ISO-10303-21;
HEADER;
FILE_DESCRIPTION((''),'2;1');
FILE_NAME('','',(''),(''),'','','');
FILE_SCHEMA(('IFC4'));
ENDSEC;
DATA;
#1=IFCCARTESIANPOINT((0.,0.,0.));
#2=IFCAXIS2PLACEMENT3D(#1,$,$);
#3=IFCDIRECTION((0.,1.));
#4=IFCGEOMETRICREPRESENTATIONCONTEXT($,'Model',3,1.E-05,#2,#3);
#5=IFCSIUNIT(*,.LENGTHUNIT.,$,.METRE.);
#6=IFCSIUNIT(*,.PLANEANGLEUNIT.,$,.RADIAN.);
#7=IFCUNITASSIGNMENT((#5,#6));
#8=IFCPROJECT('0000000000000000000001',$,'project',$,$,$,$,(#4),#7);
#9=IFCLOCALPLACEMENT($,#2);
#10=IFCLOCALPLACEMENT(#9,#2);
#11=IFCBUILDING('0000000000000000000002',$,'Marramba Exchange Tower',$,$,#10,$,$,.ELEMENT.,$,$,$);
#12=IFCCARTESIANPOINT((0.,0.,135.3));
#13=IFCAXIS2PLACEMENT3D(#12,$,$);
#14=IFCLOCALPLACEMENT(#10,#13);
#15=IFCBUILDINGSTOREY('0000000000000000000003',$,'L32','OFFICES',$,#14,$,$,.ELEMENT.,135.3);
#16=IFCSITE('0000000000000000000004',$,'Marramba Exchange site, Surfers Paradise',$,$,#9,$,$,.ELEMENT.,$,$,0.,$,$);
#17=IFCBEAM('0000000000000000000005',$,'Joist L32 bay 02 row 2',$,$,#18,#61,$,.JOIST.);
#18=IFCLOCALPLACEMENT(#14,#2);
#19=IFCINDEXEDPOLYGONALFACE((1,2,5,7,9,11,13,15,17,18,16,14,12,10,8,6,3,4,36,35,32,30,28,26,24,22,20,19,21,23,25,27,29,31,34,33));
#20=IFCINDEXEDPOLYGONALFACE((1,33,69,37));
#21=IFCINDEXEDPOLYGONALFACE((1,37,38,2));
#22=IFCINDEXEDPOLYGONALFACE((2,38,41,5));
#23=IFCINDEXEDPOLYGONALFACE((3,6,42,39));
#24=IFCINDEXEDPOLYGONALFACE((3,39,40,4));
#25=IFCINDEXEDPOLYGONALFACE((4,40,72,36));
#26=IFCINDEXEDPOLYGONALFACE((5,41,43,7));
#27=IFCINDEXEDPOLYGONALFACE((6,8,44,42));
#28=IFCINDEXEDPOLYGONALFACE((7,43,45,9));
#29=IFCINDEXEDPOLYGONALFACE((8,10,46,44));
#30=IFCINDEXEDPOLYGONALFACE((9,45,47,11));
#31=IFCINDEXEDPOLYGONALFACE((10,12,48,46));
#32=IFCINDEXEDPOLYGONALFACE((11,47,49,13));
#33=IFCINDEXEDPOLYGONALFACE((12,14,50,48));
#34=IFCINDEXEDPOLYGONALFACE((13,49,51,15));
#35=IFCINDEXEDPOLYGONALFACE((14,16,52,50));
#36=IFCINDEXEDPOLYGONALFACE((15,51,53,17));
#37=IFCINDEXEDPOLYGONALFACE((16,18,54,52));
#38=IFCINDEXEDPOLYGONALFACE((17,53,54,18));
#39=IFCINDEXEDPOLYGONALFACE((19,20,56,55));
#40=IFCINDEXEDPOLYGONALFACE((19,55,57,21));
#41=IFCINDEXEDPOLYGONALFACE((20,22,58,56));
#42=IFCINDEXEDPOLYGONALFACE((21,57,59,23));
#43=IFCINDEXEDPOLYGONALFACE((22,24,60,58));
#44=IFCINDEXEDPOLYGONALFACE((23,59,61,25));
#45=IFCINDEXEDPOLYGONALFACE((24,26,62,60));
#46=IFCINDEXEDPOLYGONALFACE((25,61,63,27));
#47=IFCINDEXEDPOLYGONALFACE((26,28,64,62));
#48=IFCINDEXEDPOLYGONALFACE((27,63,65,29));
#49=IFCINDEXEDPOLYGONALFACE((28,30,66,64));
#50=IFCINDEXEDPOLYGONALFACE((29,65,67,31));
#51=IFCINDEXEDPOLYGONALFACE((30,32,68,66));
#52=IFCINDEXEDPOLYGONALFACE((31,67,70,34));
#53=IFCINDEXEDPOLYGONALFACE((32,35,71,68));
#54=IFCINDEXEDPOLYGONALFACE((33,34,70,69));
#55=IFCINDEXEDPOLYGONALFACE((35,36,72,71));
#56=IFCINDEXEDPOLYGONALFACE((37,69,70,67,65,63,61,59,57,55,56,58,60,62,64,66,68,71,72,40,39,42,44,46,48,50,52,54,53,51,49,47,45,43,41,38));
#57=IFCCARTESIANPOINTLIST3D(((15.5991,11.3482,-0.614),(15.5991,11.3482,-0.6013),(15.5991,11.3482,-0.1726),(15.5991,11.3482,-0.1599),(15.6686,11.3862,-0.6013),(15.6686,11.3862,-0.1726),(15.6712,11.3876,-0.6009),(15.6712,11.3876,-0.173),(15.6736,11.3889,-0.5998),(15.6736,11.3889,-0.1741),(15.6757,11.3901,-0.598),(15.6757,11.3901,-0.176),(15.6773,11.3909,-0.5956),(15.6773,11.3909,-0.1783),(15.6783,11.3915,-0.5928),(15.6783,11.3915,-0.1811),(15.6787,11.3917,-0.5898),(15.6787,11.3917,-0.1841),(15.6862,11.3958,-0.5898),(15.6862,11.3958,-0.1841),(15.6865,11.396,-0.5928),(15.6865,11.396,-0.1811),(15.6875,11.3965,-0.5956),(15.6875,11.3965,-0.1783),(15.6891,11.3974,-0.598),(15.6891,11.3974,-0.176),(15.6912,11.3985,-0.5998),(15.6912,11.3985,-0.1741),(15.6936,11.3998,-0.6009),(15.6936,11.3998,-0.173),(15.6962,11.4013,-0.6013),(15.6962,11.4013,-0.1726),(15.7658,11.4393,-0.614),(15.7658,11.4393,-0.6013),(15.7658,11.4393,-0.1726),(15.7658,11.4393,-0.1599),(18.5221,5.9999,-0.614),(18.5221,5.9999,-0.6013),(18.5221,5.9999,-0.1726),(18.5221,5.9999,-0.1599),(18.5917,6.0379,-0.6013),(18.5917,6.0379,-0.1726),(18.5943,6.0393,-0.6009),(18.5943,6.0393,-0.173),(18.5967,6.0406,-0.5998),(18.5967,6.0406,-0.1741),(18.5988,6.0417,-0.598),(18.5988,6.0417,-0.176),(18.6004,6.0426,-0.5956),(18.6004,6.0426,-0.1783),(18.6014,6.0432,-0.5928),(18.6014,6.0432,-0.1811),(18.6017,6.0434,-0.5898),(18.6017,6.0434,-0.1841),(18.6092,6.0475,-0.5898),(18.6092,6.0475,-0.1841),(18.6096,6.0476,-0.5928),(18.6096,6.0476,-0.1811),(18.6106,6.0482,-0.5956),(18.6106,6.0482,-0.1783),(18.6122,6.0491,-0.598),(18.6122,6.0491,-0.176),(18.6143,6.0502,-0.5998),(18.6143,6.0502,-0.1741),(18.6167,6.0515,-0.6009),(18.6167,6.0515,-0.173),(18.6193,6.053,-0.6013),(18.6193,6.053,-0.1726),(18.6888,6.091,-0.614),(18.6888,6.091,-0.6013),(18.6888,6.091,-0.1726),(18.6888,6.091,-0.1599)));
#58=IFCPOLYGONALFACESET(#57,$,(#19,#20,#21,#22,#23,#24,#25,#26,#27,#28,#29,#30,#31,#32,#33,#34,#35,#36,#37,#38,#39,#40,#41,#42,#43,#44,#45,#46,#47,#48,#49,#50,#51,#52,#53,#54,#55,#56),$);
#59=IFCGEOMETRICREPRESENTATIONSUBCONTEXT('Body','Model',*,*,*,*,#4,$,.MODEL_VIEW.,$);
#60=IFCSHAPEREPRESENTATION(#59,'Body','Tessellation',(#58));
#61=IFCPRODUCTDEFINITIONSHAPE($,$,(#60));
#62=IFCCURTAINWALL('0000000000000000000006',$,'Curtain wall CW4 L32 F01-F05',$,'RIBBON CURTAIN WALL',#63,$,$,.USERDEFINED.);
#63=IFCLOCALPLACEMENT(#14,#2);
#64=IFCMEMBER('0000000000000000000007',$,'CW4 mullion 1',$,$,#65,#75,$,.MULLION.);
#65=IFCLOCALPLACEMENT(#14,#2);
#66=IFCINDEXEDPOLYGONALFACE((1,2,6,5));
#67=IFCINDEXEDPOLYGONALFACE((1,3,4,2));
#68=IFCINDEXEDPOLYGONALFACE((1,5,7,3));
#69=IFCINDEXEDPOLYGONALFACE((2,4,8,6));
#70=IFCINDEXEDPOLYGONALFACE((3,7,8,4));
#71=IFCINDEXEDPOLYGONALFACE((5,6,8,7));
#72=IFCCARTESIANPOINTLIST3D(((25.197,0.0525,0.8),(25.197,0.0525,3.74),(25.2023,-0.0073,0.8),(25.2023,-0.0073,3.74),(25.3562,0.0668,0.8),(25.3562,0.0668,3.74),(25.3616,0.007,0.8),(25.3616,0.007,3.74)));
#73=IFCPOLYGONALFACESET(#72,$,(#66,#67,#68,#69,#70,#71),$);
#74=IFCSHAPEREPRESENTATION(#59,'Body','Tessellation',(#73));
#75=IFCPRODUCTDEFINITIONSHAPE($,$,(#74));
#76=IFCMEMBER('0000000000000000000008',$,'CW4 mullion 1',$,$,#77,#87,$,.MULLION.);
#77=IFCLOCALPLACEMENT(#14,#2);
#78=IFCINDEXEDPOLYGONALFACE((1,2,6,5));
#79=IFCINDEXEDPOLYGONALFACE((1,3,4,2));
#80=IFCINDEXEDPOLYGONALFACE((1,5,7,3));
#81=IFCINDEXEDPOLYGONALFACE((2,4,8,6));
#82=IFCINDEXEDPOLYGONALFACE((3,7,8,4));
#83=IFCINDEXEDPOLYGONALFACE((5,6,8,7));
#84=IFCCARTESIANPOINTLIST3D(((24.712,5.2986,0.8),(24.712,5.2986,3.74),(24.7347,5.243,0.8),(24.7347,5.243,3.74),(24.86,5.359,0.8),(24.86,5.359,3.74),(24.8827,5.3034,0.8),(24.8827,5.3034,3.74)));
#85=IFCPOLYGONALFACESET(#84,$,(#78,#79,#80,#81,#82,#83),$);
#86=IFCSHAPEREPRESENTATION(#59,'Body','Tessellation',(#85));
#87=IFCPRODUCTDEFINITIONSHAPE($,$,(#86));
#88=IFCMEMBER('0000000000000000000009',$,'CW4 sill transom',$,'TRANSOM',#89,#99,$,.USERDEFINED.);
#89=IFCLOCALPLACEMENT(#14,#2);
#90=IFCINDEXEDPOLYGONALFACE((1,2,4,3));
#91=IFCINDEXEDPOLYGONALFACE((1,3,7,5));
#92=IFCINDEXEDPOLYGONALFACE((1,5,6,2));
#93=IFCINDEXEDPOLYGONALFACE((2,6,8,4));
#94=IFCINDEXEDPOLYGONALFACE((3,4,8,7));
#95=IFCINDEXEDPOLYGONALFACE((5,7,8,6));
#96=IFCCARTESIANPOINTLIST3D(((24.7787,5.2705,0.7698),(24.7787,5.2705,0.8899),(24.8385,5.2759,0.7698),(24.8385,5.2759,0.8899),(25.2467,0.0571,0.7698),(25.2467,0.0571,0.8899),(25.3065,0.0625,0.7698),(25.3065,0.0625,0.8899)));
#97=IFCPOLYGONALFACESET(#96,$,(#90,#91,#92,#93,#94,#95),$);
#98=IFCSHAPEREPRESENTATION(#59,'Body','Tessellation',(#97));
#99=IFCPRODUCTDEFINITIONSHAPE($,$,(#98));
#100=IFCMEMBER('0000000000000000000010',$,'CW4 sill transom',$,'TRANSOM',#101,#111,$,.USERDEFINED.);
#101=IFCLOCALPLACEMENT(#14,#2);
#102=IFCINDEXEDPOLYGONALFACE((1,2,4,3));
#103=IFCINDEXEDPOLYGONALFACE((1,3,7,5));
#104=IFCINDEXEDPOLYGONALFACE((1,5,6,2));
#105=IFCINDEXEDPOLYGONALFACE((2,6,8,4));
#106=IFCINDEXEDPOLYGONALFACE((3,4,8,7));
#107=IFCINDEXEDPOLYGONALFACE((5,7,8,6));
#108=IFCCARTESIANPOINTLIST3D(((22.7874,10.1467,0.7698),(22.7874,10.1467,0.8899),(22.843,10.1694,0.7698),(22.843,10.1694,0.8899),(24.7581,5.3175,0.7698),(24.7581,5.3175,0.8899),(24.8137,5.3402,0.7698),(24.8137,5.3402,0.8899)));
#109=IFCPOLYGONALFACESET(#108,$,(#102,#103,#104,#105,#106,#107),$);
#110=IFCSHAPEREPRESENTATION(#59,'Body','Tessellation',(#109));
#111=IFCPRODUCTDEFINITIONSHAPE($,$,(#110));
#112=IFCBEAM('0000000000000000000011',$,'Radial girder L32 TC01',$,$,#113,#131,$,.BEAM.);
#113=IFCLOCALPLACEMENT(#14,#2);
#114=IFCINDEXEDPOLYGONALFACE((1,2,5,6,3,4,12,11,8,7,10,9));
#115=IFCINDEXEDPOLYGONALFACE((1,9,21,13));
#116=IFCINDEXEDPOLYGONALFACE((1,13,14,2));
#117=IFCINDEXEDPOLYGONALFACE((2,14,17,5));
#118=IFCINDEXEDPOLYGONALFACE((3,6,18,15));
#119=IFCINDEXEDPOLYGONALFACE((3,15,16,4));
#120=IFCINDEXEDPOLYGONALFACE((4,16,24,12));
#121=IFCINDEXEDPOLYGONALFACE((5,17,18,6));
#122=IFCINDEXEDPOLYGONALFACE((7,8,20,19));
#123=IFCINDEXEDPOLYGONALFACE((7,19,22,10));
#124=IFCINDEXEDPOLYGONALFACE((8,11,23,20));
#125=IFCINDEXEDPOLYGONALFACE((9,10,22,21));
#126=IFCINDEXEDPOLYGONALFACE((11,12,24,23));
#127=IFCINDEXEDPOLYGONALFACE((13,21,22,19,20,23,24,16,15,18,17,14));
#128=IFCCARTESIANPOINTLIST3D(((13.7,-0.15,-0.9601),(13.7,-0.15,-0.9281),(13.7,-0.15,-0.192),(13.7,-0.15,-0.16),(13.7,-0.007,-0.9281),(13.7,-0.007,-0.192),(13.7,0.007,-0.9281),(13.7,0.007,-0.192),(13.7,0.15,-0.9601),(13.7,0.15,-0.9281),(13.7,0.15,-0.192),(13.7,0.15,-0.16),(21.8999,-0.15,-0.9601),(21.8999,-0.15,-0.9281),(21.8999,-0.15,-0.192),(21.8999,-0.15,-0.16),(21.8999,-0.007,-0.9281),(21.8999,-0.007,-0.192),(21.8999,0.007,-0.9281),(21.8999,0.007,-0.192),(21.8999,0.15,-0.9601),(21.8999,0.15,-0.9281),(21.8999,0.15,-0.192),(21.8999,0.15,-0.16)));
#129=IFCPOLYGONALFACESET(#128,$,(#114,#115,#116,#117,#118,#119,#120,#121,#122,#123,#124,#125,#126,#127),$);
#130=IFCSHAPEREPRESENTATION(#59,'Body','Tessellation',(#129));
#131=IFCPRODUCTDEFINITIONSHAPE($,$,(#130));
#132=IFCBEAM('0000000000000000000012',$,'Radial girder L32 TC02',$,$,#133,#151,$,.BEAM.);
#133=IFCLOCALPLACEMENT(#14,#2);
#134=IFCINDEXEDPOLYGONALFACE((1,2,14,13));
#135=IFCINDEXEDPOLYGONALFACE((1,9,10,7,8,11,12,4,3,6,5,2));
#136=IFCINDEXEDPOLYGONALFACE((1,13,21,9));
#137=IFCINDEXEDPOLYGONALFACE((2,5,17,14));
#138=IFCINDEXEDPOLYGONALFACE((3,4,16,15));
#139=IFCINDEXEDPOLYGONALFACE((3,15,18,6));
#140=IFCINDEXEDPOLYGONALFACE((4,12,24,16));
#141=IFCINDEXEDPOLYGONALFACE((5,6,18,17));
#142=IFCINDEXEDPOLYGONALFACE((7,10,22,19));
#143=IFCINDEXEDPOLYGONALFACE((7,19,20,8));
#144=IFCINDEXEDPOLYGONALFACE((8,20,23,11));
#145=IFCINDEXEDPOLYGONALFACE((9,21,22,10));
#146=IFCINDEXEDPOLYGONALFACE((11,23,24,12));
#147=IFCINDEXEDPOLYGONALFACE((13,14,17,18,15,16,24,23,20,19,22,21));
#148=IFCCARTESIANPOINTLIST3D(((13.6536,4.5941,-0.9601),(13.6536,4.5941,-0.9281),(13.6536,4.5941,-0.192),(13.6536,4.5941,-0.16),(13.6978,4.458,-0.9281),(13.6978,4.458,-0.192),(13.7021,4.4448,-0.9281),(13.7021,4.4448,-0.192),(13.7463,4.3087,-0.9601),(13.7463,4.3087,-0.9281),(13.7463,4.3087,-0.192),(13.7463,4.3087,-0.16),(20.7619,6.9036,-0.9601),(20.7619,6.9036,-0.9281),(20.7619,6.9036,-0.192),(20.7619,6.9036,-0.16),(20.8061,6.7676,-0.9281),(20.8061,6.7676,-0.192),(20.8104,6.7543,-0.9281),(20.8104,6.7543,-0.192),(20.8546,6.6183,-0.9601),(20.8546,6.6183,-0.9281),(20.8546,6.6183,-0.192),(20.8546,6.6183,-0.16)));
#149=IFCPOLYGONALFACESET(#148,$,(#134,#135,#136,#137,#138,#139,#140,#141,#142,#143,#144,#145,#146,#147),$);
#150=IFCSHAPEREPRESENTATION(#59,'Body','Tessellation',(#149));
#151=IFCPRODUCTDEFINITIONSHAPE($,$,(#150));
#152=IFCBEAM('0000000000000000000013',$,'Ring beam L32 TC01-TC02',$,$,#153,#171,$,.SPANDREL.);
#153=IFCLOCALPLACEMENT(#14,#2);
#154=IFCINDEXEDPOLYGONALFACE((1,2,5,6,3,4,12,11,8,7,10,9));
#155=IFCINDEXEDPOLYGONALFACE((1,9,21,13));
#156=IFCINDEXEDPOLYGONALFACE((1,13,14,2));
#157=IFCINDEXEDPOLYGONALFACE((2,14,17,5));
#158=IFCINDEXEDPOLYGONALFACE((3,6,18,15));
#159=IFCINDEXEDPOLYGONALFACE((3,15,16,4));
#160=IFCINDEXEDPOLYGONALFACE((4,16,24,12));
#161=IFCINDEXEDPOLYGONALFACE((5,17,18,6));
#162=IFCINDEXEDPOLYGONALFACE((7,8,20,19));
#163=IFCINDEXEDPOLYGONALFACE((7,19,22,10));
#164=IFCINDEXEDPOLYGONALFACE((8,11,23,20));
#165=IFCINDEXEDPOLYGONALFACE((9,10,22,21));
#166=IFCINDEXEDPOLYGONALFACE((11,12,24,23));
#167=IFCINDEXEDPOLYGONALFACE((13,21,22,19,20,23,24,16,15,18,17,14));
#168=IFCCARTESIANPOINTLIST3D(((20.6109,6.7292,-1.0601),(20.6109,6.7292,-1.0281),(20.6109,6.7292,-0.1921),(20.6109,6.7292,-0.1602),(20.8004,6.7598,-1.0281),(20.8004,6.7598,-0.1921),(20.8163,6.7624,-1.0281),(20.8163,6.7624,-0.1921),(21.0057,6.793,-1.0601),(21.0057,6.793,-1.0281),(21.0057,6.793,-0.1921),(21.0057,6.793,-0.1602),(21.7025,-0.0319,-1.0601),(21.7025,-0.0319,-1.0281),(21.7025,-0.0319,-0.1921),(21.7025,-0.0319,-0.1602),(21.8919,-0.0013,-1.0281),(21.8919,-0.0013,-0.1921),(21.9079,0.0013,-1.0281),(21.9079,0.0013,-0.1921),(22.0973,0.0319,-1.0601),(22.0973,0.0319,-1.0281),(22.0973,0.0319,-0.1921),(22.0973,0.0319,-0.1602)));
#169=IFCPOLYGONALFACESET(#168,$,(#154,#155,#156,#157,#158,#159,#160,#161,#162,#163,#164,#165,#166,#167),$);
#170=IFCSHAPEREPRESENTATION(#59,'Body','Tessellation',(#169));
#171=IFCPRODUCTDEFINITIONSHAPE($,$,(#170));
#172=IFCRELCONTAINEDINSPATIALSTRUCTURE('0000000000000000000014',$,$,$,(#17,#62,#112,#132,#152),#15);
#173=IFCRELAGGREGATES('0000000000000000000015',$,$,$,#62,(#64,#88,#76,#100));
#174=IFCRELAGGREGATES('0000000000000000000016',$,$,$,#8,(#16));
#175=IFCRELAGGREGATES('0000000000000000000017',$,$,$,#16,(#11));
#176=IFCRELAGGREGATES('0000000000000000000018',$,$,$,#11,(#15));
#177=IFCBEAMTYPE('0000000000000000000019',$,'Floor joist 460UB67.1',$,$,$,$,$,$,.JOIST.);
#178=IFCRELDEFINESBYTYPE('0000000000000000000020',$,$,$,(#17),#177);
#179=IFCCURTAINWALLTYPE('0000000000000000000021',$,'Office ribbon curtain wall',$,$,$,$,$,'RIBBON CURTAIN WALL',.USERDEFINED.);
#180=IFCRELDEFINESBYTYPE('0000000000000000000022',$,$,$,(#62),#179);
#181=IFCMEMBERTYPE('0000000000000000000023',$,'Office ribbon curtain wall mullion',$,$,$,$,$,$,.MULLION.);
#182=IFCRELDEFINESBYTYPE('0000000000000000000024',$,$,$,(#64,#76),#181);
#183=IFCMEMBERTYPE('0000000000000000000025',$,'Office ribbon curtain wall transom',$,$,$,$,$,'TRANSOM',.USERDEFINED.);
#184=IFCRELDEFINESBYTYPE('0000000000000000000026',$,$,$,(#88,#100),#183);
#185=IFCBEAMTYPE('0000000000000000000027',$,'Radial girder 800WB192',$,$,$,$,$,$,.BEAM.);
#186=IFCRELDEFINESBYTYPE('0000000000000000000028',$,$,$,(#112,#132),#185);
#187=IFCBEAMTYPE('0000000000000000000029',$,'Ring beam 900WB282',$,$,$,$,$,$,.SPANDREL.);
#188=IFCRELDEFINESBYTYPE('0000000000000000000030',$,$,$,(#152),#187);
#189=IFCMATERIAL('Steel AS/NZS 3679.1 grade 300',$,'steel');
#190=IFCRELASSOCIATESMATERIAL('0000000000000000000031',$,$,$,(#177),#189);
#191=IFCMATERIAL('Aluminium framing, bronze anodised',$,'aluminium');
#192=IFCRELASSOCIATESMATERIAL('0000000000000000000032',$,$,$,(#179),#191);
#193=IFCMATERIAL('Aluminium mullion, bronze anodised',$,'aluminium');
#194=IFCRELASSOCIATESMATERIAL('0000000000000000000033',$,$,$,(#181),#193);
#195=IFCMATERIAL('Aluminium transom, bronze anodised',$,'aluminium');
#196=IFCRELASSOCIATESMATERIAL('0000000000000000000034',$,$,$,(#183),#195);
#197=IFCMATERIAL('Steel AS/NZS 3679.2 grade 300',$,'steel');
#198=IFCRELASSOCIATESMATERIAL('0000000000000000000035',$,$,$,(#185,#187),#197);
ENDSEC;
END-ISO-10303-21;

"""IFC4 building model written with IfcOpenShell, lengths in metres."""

from ifc_helpers import new_model, si_unit, direction, frame, origin, origin_2d, place, context, subcontext, project, spatial, rectangle, i_section, extrude, material, material_profile, profile_set, type_object, element, aggregate, save


model = new_model("IFC4")

# Units and contexts
model_context = context("Model", 3, precision=1e-05, world=origin(), true_north=direction((0.0, 1.0)))
body_context = subcontext(model_context, "Body", "Model", "MODEL_VIEW")
ifc_project = project(units=[si_unit("LENGTHUNIT", "METRE"), si_unit("PLANEANGLEUNIT", "RADIAN")], contexts=[model_context])

# Site, building, storey
site_placement = place(None, origin())
site = spatial("IfcSite", under=ifc_project, at=site_placement, Name="Marramba Exchange site, Surfers Paradise", CompositionType="ELEMENT", RefElevation=0.0)
building_placement = place(site_placement, origin())
building = spatial("IfcBuilding", under=site, at=building_placement, Name="Marramba Exchange Tower", CompositionType="ELEMENT")
storey_placement = place(building_placement, frame((0.0, 0.0, 135.3)))
storey = spatial("IfcBuildingStorey", under=building, at=storey_placement, Name="L32", Description="OFFICES", CompositionType="ELEMENT", Elevation=135.3)

# Beam
ifc_material_1 = material(Name="Steel AS/NZS 3679.2 grade 300", Category="steel")
ifc_material_2 = material(Name="Steel AS/NZS 3679.1 grade 300", Category="steel")
ifc_material_profile_1 = material_profile(ifc_material_2, i_section(OverallWidth=0.1899, OverallDepth=0.4541, WebThickness=0.0085, FlangeThickness=0.0127, FilletRadius=0.0115, at=origin_2d()), Name="460UB67.1")
ifc_profile_set_1 = profile_set([ifc_material_profile_1], Name="Steel AS/NZS 3679.1 grade 300")
beam_type_1 = type_object("IfcBeamType", Name="Floor joist 460UB67.1", PredefinedType="JOIST", material=ifc_profile_set_1)
beam_1_placement = place(storey_placement, frame((18.6055, 6.0454, -0.387), z_axis=(-0.479584, 0.877496, 0.0), x_axis=(-0.877496, -0.479584, 0.0)))
element("IfcBeam", 1, at=beam_1_placement, inside=storey, type_object=beam_type_1, Name="Joist L32 bay 02 row 2", PredefinedType="JOIST", context=body_context, shape_type="SweptSolid", body=[
    extrude(i_section(OverallWidth=0.1899, OverallDepth=0.4541, WebThickness=0.0085, FlangeThickness=0.0127, FilletRadius=0.0115, at=origin_2d()), origin(), (0.0, 0.0, 1.0), 6.095),
])

# Curtain wall, members
ifc_material_3 = material(Name="Aluminium framing, bronze anodised", Category="aluminium")
curtain_wall_type = type_object("IfcCurtainWallType", Name="Office ribbon curtain wall", ElementType="RIBBON CURTAIN WALL", PredefinedType="USERDEFINED", material=ifc_material_3)
curtain_wall_placement = place(storey_placement, origin())
curtain_wall = element("IfcCurtainWall", 2, at=curtain_wall_placement, inside=storey, type_object=curtain_wall_type, Name="Curtain wall CW4 L32 F01-F05", ObjectType="RIBBON CURTAIN WALL", PredefinedType="USERDEFINED")
ifc_material_4 = material(Name="Aluminium mullion, bronze anodised", Category="aluminium")
ifc_material_profile_2 = material_profile(ifc_material_4, rectangle(XDim=0.1599, YDim=0.0601, at=origin_2d()), Name="CW4 mullion 60x160")
ifc_profile_set_2 = profile_set([ifc_material_profile_2], Name="Aluminium mullion, bronze anodised")
member_type_1 = type_object("IfcMemberType", Name="Office ribbon curtain wall mullion", PredefinedType="MULLION", material=ifc_profile_set_2)
member_1_placement = place(storey_placement, frame((25.2793, 0.0298, 0.8), z_axis=(0.0, 0.0, 1.0), x_axis=(-0.995995, -0.089413, 0.0)))
member_1 = element("IfcMember", 3, at=member_1_placement, type_object=member_type_1, Name="CW4 mullion 1", PredefinedType="MULLION", context=body_context, shape_type="SweptSolid", body=[
    extrude(rectangle(XDim=0.1599, YDim=0.0601, at=origin_2d()), origin(), (0.0, 0.0, 1.0), 2.9399),
])
member_2_placement = place(storey_placement, frame((24.7974, 5.301, 0.8), z_axis=(0.0, 0.0, 1.0), x_axis=(-0.925879, -0.377821, 0.0)))
member_2 = element("IfcMember", 4, at=member_2_placement, type_object=member_type_1, Name="CW4 mullion 1", PredefinedType="MULLION", context=body_context, shape_type="SweptSolid", body=[
    extrude(rectangle(XDim=0.1599, YDim=0.0601, at=origin_2d()), origin(), (0.0, 0.0, 1.0), 2.9399),
])
ifc_material_5 = material(Name="Aluminium transom, bronze anodised", Category="aluminium")
ifc_material_profile_3 = material_profile(ifc_material_5, rectangle(XDim=0.0601, YDim=0.1201, at=origin_2d()), Name="CW4 transom 60x120")
ifc_profile_set_3 = profile_set([ifc_material_profile_3], Name="Aluminium transom, bronze anodised")
member_type_2 = type_object("IfcMemberType", Name="Office ribbon curtain wall transom", ElementType="TRANSOM", PredefinedType="USERDEFINED", material=ifc_profile_set_3)
member_3_placement = place(storey_placement, frame((25.2766, 0.0598, 0.8298), z_axis=(-0.089413, 0.995995, 0.0), x_axis=(-0.995995, -0.089413, 0.0)))
member_3 = element("IfcMember", 5, at=member_3_placement, type_object=member_type_2, Name="CW4 sill transom", ObjectType="TRANSOM", PredefinedType="USERDEFINED", context=body_context, shape_type="SweptSolid", body=[
    extrude(rectangle(XDim=0.0601, YDim=0.1201, at=origin_2d()), origin(), (0.0, 0.0, 1.0), 5.2344),
])
member_4_placement = place(storey_placement, frame((24.7859, 5.3289, 0.8298), z_axis=(-0.377838, 0.925872, 0.0), x_axis=(-0.925872, -0.377838, 0.0)))
member_4 = element("IfcMember", 6, at=member_4_placement, type_object=member_type_2, Name="CW4 sill transom", ObjectType="TRANSOM", PredefinedType="USERDEFINED", context=body_context, shape_type="SweptSolid", body=[
    extrude(rectangle(XDim=0.0601, YDim=0.1201, at=origin_2d()), origin(), (0.0, 0.0, 1.0), 5.2158),
])

# Beams
ifc_material_profile_4 = material_profile(ifc_material_1, i_section(OverallWidth=0.3, OverallDepth=0.8, WebThickness=0.0139, FlangeThickness=0.032, at=origin_2d()), Name="800WB192")
ifc_profile_set_4 = profile_set([ifc_material_profile_4], Name="Steel AS/NZS 3679.2 grade 300")
beam_type_2 = type_object("IfcBeamType", Name="Radial girder 800WB192", PredefinedType="BEAM", material=ifc_profile_set_4)
beam_2_placement = place(storey_placement, frame((13.7, 0.0, -0.5601), z_axis=(1.0, 0.0, 0.0), x_axis=(0.0, 1.0, 0.0)))
element("IfcBeam", 7, at=beam_2_placement, inside=storey, type_object=beam_type_2, Name="Radial girder L32 TC01", PredefinedType="BEAM", context=body_context, shape_type="SweptSolid", body=[
    extrude(i_section(OverallWidth=0.3, OverallDepth=0.8, WebThickness=0.0139, FlangeThickness=0.032, at=origin_2d()), origin(), (0.0, 0.0, 1.0), 8.2),
])
beam_3_placement = place(storey_placement, frame((13.7, 4.4514, -0.5601), z_axis=(0.95106, 0.309006, 0.0), x_axis=(-0.309006, 0.95106, 0.0)))
element("IfcBeam", 8, at=beam_3_placement, inside=storey, type_object=beam_type_2, Name="Radial girder L32 TC02", PredefinedType="BEAM", context=body_context, shape_type="SweptSolid", body=[
    extrude(i_section(OverallWidth=0.3, OverallDepth=0.8, WebThickness=0.0139, FlangeThickness=0.032, at=origin_2d()), origin(), (0.0, 0.0, 1.0), 7.4741),
])
ifc_material_profile_5 = material_profile(ifc_material_1, i_section(OverallWidth=0.3999, OverallDepth=0.8999, WebThickness=0.0161, FlangeThickness=0.032, at=origin_2d()), Name="900WB282")
ifc_profile_set_5 = profile_set([ifc_material_profile_5], Name="Steel AS/NZS 3679.2 grade 300")
beam_type_3 = type_object("IfcBeamType", Name="Ring beam 900WB282", PredefinedType="SPANDREL", material=ifc_profile_set_5)
beam_4_placement = place(storey_placement, frame((21.8999, 0.0, -0.6101), z_axis=(-0.159385, 0.987217, 0.0), x_axis=(-0.987217, -0.159385, 0.0)))
element("IfcBeam", 9, at=beam_4_placement, inside=storey, type_object=beam_type_3, Name="Ring beam L32 TC01-TC02", PredefinedType="SPANDREL", context=body_context, shape_type="SweptSolid", body=[
    extrude(i_section(OverallWidth=0.3999, OverallDepth=0.8999, WebThickness=0.0161, FlangeThickness=0.032, at=origin_2d()), origin(), (0.0, 0.0, 1.0), 6.8486),
])

aggregate(curtain_wall, [member_1, member_3, member_2, member_4])

save(model, "model.ifc")
